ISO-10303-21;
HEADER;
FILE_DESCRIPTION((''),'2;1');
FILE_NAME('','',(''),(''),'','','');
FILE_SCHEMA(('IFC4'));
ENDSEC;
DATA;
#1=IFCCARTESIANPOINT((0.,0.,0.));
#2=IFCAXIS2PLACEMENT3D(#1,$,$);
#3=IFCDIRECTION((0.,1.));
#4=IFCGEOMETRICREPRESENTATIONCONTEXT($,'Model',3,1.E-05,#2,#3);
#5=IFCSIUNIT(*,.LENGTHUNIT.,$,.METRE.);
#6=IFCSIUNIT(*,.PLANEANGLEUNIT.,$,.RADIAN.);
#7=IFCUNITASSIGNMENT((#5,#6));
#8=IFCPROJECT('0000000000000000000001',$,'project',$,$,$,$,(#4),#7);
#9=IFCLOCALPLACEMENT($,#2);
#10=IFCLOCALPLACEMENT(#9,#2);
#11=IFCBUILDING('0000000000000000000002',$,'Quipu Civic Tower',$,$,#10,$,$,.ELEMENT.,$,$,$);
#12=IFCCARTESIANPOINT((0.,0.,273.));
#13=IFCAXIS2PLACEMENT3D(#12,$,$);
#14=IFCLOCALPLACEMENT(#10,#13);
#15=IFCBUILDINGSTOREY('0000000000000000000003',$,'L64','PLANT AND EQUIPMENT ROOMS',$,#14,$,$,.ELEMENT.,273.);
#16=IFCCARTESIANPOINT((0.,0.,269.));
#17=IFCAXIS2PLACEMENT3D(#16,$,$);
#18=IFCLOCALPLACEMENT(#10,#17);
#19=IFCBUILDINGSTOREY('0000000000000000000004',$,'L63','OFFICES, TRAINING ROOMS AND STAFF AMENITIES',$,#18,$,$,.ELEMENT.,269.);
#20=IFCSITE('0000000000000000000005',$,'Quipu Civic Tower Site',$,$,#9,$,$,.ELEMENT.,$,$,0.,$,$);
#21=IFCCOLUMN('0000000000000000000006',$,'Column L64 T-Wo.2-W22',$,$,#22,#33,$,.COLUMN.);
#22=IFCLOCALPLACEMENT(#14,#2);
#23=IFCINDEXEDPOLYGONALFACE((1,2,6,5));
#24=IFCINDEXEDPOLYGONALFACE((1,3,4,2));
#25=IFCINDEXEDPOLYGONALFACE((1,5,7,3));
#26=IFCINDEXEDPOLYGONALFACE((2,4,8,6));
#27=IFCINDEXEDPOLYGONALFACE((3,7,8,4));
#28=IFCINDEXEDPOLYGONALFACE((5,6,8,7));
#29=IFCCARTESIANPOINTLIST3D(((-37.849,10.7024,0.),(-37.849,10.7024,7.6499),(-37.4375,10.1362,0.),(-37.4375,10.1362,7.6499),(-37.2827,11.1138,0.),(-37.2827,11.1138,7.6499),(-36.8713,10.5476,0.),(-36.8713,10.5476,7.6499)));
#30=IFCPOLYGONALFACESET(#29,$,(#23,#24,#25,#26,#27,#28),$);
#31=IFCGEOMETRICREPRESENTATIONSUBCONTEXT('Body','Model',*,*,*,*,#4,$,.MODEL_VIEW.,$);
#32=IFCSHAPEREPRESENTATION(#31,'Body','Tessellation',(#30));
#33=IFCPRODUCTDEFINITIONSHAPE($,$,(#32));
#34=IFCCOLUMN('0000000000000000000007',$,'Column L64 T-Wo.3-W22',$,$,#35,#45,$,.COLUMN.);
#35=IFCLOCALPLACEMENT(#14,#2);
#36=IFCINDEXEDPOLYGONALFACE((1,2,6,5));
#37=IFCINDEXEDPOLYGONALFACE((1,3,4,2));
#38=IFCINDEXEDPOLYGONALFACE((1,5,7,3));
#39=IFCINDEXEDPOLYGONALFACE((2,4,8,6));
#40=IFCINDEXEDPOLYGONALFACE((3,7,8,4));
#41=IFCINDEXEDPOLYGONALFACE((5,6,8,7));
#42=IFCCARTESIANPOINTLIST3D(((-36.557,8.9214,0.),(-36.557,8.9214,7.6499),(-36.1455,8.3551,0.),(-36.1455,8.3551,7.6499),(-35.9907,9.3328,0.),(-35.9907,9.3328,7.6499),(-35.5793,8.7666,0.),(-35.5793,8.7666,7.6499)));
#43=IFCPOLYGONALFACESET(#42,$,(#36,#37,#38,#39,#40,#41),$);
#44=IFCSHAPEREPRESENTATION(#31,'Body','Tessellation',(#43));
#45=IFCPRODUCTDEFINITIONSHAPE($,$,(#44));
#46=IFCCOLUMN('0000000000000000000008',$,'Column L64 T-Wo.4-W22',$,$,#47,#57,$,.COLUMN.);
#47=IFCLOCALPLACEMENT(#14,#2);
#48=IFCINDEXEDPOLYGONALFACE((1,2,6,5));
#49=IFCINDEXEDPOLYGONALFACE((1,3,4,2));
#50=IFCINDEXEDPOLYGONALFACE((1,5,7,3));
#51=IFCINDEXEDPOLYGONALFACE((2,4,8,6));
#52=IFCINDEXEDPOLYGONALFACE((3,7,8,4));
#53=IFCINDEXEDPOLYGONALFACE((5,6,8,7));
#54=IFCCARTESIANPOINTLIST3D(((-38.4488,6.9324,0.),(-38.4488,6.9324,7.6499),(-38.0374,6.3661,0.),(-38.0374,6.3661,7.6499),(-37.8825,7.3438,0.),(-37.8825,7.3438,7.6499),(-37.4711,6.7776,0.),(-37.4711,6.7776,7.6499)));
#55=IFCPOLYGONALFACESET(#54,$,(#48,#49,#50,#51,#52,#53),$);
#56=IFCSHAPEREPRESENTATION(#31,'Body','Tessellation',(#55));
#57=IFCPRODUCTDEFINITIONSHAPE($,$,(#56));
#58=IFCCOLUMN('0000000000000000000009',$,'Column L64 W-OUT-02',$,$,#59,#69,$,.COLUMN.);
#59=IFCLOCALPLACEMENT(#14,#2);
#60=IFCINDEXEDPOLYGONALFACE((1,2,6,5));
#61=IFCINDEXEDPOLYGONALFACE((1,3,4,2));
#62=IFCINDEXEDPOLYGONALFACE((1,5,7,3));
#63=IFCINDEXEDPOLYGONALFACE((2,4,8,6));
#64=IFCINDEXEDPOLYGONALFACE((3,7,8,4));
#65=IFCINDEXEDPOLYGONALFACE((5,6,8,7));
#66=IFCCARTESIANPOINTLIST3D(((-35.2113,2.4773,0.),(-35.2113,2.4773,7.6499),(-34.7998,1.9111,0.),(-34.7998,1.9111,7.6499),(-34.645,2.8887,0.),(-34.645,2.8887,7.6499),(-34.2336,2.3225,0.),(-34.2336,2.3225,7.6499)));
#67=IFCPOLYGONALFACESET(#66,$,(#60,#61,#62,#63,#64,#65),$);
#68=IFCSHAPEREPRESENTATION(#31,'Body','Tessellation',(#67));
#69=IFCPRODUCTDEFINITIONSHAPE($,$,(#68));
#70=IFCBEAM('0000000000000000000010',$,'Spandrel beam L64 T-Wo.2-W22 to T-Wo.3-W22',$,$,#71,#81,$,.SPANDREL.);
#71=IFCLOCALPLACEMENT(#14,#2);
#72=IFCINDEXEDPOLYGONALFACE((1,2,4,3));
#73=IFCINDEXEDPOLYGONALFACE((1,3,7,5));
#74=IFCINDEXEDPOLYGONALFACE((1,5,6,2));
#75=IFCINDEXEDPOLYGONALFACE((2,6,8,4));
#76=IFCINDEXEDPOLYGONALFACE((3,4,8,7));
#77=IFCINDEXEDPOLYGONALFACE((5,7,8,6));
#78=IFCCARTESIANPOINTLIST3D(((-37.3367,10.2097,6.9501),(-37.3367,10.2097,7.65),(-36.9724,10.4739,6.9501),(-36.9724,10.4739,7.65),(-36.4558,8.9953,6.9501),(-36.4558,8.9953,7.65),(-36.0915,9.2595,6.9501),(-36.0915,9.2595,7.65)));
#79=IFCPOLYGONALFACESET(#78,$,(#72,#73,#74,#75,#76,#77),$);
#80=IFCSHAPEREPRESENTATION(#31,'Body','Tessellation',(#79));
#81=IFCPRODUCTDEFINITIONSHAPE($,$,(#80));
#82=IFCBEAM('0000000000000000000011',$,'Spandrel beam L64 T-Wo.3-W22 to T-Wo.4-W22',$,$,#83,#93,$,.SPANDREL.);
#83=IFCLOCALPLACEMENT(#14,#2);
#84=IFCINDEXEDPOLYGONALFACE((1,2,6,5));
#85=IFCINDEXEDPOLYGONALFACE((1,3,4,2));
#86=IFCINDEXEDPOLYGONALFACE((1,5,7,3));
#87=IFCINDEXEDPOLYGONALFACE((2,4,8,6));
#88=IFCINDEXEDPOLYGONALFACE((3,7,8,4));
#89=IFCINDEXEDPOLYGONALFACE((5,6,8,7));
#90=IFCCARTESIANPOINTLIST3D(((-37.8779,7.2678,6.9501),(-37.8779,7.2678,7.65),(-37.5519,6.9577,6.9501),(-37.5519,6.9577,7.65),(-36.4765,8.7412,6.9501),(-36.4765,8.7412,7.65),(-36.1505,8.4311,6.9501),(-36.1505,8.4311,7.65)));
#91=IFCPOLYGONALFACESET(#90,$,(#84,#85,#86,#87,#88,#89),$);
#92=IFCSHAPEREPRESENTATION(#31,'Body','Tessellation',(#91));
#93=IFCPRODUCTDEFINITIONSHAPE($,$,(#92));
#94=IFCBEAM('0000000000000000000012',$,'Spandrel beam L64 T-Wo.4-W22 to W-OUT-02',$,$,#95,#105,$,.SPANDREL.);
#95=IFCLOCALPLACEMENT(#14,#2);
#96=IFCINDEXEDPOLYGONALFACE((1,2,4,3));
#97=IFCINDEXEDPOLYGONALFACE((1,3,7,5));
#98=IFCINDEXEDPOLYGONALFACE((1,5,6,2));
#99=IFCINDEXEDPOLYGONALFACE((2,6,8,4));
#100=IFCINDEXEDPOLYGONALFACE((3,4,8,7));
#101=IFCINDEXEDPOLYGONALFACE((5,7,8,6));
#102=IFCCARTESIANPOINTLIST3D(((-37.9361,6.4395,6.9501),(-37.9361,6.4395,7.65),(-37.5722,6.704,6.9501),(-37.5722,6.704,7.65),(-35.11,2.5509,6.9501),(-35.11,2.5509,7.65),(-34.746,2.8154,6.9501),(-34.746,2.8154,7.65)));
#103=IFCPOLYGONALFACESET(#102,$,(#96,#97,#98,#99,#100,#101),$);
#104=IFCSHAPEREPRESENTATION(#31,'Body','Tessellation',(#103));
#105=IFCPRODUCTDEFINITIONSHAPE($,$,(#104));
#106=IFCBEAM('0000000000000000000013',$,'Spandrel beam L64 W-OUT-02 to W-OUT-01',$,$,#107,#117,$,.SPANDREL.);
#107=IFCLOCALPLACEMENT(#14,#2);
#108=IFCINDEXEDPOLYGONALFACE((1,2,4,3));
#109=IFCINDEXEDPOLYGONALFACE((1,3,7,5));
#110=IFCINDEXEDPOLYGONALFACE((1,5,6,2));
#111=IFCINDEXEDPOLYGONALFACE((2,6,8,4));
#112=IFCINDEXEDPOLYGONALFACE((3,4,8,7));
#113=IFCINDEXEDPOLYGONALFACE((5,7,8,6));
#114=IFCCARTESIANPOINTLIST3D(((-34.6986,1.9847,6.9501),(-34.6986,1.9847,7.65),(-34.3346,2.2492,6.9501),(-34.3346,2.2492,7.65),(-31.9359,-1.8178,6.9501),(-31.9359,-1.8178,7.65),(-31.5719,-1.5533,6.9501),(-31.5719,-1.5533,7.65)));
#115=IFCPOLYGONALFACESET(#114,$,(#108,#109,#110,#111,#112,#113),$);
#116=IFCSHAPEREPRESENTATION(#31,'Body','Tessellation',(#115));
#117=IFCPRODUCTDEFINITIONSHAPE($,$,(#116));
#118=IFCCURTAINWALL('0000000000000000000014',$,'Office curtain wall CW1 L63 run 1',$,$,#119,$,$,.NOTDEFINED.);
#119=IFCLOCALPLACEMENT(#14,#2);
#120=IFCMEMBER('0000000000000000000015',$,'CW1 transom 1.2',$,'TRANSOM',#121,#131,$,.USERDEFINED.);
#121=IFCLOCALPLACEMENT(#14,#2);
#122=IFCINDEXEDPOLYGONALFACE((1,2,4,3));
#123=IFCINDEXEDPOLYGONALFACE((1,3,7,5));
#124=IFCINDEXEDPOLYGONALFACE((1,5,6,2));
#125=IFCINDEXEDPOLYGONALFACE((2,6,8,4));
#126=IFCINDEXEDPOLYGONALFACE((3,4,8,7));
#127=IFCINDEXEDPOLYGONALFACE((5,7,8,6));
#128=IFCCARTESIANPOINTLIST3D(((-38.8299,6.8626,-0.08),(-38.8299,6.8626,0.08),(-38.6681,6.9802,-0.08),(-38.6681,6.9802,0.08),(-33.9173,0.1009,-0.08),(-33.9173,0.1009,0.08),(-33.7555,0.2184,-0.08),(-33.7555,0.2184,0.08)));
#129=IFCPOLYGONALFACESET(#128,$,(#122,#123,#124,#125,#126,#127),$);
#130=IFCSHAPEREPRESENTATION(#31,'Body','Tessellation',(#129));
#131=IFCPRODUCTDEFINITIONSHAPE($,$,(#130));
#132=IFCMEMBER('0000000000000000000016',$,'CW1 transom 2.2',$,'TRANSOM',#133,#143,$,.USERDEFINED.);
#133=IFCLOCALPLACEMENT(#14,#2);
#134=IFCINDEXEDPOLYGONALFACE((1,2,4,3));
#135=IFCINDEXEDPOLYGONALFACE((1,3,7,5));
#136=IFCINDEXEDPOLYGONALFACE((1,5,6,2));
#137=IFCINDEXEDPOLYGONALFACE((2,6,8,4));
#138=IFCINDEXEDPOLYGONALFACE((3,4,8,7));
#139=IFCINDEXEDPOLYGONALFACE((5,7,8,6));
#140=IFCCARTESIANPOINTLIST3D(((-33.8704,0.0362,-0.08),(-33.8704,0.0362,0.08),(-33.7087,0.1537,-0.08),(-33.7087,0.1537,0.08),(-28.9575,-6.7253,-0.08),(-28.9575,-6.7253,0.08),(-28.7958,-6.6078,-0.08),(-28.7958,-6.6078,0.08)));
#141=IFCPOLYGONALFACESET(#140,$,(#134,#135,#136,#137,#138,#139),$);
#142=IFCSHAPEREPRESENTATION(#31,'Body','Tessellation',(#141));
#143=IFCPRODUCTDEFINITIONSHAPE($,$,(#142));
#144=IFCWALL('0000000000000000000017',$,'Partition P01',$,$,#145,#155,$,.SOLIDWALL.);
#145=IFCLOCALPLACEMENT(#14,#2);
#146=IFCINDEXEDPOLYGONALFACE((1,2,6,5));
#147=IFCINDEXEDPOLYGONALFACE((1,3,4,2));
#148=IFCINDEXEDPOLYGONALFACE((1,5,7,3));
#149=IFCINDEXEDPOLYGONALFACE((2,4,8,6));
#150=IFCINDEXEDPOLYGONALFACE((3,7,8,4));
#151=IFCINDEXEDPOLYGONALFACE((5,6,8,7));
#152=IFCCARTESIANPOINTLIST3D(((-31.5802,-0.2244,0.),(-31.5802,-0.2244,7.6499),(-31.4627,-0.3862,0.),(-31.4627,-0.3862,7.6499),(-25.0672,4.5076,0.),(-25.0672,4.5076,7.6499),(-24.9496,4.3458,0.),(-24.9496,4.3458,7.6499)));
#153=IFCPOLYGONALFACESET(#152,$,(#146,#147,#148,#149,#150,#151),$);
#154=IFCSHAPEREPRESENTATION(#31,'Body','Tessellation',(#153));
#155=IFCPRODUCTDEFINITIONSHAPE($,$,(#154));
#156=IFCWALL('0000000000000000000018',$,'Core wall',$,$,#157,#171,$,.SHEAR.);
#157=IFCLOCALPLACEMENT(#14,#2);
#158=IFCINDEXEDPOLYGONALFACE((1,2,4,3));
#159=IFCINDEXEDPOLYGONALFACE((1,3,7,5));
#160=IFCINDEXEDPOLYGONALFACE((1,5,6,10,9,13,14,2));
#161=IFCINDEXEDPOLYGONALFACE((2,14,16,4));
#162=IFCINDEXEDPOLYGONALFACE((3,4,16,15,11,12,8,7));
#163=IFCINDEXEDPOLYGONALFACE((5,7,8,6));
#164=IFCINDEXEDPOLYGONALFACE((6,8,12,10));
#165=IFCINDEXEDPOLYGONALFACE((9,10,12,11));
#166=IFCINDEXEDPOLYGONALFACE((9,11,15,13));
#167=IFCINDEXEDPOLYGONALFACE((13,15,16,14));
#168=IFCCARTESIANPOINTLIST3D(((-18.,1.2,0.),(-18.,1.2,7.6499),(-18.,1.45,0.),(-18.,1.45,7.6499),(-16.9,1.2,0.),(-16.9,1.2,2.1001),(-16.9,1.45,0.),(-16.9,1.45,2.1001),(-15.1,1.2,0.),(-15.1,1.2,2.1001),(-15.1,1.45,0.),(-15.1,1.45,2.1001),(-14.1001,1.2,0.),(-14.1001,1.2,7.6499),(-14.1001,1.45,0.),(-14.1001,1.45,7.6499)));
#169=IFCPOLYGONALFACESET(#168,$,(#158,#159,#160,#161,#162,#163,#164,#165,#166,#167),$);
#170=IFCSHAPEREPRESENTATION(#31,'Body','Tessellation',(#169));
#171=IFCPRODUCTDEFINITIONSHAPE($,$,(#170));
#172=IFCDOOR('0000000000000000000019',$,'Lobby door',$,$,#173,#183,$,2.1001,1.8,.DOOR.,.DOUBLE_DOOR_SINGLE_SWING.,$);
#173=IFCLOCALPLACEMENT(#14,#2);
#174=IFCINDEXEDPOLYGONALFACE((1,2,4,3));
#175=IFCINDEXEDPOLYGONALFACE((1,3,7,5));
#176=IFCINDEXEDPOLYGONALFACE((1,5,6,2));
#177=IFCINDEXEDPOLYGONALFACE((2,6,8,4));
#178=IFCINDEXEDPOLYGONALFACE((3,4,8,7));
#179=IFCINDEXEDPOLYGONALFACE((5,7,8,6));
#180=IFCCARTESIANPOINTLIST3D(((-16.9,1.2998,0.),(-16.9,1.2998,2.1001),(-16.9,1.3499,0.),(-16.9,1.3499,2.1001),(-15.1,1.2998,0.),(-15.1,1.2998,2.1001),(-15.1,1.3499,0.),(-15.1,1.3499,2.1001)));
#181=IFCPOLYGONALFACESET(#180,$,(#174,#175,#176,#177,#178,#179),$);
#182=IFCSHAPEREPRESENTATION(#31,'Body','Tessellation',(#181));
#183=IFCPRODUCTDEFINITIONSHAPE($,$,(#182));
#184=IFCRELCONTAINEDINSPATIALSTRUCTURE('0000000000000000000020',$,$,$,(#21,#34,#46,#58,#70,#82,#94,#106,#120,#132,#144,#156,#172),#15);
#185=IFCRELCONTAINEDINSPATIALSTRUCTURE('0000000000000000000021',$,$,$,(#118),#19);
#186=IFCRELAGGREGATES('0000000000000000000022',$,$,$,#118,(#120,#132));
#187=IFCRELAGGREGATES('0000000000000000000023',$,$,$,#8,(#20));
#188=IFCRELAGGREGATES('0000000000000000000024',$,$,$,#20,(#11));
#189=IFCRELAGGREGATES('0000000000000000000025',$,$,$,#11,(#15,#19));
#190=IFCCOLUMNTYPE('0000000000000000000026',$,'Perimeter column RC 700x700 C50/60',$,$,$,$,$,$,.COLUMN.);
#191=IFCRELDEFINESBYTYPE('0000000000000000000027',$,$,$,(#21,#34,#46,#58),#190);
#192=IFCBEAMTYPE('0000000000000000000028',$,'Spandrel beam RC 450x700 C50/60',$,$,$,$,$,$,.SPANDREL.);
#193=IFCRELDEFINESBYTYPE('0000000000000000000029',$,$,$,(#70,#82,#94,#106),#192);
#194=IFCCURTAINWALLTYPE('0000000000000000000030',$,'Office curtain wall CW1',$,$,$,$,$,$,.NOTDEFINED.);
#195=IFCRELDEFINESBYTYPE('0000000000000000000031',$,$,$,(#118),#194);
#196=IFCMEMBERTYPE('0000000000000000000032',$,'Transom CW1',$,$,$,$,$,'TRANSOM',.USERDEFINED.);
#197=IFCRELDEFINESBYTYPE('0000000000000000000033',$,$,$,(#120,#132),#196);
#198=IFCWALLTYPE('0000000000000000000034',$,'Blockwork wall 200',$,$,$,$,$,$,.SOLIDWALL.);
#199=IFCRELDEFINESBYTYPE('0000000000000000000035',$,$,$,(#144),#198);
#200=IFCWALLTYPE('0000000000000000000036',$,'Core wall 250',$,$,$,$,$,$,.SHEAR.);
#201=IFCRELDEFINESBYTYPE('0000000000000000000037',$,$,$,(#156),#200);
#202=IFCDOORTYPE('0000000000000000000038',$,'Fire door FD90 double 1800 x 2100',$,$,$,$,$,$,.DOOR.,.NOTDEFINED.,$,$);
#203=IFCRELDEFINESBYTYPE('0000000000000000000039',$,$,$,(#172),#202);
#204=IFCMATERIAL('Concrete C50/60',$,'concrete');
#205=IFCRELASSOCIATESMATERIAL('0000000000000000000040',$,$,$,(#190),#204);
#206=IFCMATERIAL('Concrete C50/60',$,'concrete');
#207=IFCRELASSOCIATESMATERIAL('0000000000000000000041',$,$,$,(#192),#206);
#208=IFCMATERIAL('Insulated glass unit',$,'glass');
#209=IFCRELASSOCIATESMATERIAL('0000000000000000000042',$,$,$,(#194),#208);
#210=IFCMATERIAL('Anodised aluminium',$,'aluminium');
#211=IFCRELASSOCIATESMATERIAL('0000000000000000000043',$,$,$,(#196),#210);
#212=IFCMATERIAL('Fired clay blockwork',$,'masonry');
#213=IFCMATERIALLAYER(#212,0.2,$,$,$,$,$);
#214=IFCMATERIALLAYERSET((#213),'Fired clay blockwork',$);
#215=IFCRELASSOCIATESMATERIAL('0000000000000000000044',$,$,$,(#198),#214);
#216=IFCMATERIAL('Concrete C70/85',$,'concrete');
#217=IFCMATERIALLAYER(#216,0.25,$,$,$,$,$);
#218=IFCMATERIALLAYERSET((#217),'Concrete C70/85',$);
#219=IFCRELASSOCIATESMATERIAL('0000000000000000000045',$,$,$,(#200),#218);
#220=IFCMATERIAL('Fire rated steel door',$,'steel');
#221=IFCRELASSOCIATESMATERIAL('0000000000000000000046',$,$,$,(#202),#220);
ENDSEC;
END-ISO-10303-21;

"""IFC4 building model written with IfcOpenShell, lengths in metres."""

from ifc_helpers import new_model, si_unit, direction, frame, frame_2d, origin, origin_2d, place, context, subcontext, project, spatial, rectangle, extrude, material, layer, layer_set, material_profile, profile_set, type_object, element, fill, aggregate, save


model = new_model("IFC4")

# Units and contexts
model_context = context("Model", 3, precision=1e-05, world=origin(), true_north=direction((0.0, 1.0)))
body_context = subcontext(model_context, "Body", "Model", "MODEL_VIEW")
ifc_project = project(units=[si_unit("LENGTHUNIT", "METRE"), si_unit("PLANEANGLEUNIT", "RADIAN")], contexts=[model_context])

# Site, building, storey
site_placement = place(None, origin())
site = spatial("IfcSite", under=ifc_project, at=site_placement, Name="Quipu Civic Tower Site", CompositionType="ELEMENT", RefElevation=0.0)
building_placement = place(site_placement, origin())
building = spatial("IfcBuilding", under=site, at=building_placement, Name="Quipu Civic Tower", CompositionType="ELEMENT")
storey_1_placement = place(building_placement, frame((0.0, 0.0, 273.0)))
storey_1 = spatial("IfcBuildingStorey", under=building, at=storey_1_placement, Name="L64", Description="PLANT AND EQUIPMENT ROOMS", CompositionType="ELEMENT", Elevation=273.0)

# Columns
ifc_material_1 = material(Name="Concrete C50/60", Category="concrete")
ifc_material_profile_1 = material_profile(ifc_material_1, rectangle(XDim=0.7, YDim=0.7, at=origin_2d()), Name="RC700x700")
ifc_profile_set_1 = profile_set([ifc_material_profile_1], Name="Concrete C50/60")
column_type = type_object("IfcColumnType", Name="Perimeter column RC 700x700 C50/60", PredefinedType="COLUMN", material=ifc_profile_set_1)
for number, where, z_axis, x_axis, name in (
    (1, (-37.3601, 10.625, 0.0), (0.0, 0.0, 1.0), (0.587785, -0.809017, 0.0), "Column L64 T-Wo.2-W22"),
    (2, (-36.0681, 8.844, 0.0), (0.0, 0.0, 1.0), (0.587785, -0.809017, 0.0), "Column L64 T-Wo.3-W22"),
    (3, (-37.96, 6.855, 0.0), (0.0, 0.0, 1.0), (0.587785, -0.809017, 0.0), "Column L64 T-Wo.4-W22"),
    (4, (-34.7224, 2.3999, 0.0), (0.0, 0.0, 1.0), (0.587785, -0.809017, 0.0), "Column L64 W-OUT-02"),
):
    element("IfcColumn", number, at=place(storey_1_placement, frame(where, z_axis=z_axis, x_axis=x_axis)), inside=storey_1, type_object=column_type, Name=name, PredefinedType="COLUMN", context=body_context, shape_type="SweptSolid", body=[
        extrude(rectangle(XDim=0.7, YDim=0.7, at=origin_2d()), origin(), (0.0, 0.0, 1.0), 7.6499),
    ])

# Beams
ifc_material_2 = material(Name="Concrete C50/60", Category="concrete")
ifc_material_profile_2 = material_profile(ifc_material_2, rectangle(XDim=0.45, YDim=0.7, at=origin_2d()), Name="RC450x700")
ifc_profile_set_2 = profile_set([ifc_material_profile_2], Name="Concrete C50/60")
beam_type = type_object("IfcBeamType", Name="Spandrel beam RC 450x700 C50/60", PredefinedType="SPANDREL", material=ifc_profile_set_2)
beam_1_placement = place(storey_1_placement, frame((-37.1545, 10.3418, 7.3), z_axis=(0.587165, -0.809467, 0.0), x_axis=(0.809467, 0.587165, 0.0)))
element("IfcBeam", 5, at=beam_1_placement, inside=storey_1, type_object=beam_type, Name="Spandrel beam L64 T-Wo.2-W22 to T-Wo.3-W22", PredefinedType="SPANDREL", context=body_context, shape_type="SweptSolid", body=[
    extrude(rectangle(XDim=0.45, YDim=0.7, at=origin_2d()), origin(), (0.0, 0.0, 1.0), 1.5002),
])
beam_2_placement = place(storey_1_placement, frame((-36.3135, 8.5862, 7.3), z_axis=(-0.689175, -0.724595, 0.0), x_axis=(0.724595, -0.689175, 0.0)))
element("IfcBeam", 6, at=beam_2_placement, inside=storey_1, type_object=beam_type, Name="Spandrel beam L64 T-Wo.3-W22 to T-Wo.4-W22", PredefinedType="SPANDREL", context=body_context, shape_type="SweptSolid", body=[
    extrude(rectangle(XDim=0.45, YDim=0.7, at=origin_2d()), origin(), (0.0, 0.0, 1.0), 2.0334),
])
beam_3_placement = place(storey_1_placement, frame((-37.7542, 6.5718, 7.3), z_axis=(0.587906, -0.808929, 0.0), x_axis=(0.808929, 0.587906, 0.0)))
element("IfcBeam", 7, at=beam_3_placement, inside=storey_1, type_object=beam_type, Name="Spandrel beam L64 T-Wo.4-W22 to W-OUT-02", PredefinedType="SPANDREL", context=body_context, shape_type="SweptSolid", body=[
    extrude(rectangle(XDim=0.45, YDim=0.7, at=origin_2d()), origin(), (0.0, 0.0, 1.0), 4.8071),
])
beam_4_placement = place(storey_1_placement, frame((-34.5166, 2.1169, 7.3), z_axis=(0.587789, -0.809015, 0.0), x_axis=(0.809015, 0.587789, 0.0)))
element("IfcBeam", 8, at=beam_4_placement, inside=storey_1, type_object=beam_type, Name="Spandrel beam L64 W-OUT-02 to W-OUT-01", PredefinedType="SPANDREL", context=body_context, shape_type="SweptSolid", body=[
    extrude(rectangle(XDim=0.45, YDim=0.7, at=origin_2d()), origin(), (0.0, 0.0, 1.0), 4.7002),
])

# Shared definitions
storey_2_placement = place(building_placement, frame((0.0, 0.0, 269.0)))
storey_2 = spatial("IfcBuildingStorey", under=building, at=storey_2_placement, Name="L63", Description="OFFICES, TRAINING ROOMS AND STAFF AMENITIES", CompositionType="ELEMENT", Elevation=269.0)

# Curtain wall, members
ifc_material_3 = material(Name="Insulated glass unit", Category="glass")
curtain_wall_type = type_object("IfcCurtainWallType", Name="Office curtain wall CW1", PredefinedType="NOTDEFINED", material=ifc_material_3)
curtain_wall_placement = place(storey_2_placement, origin())
curtain_wall = element("IfcCurtainWall", 9, at=curtain_wall_placement, inside=storey_2, type_object=curtain_wall_type, Name="Office curtain wall CW1 L63 run 1", PredefinedType="NOTDEFINED")
ifc_material_4 = material(Name="Anodised aluminium", Category="aluminium")
ifc_material_profile_3 = material_profile(ifc_material_4, rectangle(XDim=0.2, YDim=0.1599, at=origin_2d()), Name="RECT 200x160")
ifc_profile_set_3 = profile_set([ifc_material_profile_3], Name="Anodised aluminium")
member_type = type_object("IfcMemberType", Name="Transom CW1", ElementType="TRANSOM", PredefinedType="USERDEFINED", material=ifc_profile_set_3)
member_1_placement = place(storey_1_placement, frame((-38.749, 6.9214, 0.0), z_axis=(0.587779, -0.809021, 0.0), x_axis=(0.809021, 0.587779, 0.0)))
member_1 = element("IfcMember", 10, at=member_1_placement, inside=storey_1, type_object=member_type, Name="CW1 transom 1.2", ObjectType="TRANSOM", PredefinedType="USERDEFINED", context=body_context, shape_type="SweptSolid", body=[
    extrude(rectangle(XDim=0.2, YDim=0.1599, at=origin_2d()), origin(), (0.0, 0.0, 1.0), 8.3579),
])
member_2_placement = place(storey_1_placement, frame((-33.7896, 0.095, 0.0), z_axis=(0.587812, -0.808997, 0.0), x_axis=(0.808997, 0.587812, 0.0)))
member_2 = element("IfcMember", 11, at=member_2_placement, inside=storey_1, type_object=member_type, Name="CW1 transom 2.2", ObjectType="TRANSOM", PredefinedType="USERDEFINED", context=body_context, shape_type="SweptSolid", body=[
    extrude(rectangle(XDim=0.2, YDim=0.1599, at=origin_2d()), origin(), (0.0, 0.0, 1.0), 8.3579),
])
aggregate(curtain_wall, [member_1, member_2])

# Wall
ifc_material_5 = material(Name="Fired clay blockwork", Category="masonry")
ifc_layer_1 = layer(ifc_material_5, 0.2)
ifc_layer_set_1 = layer_set([ifc_layer_1], Name="Fired clay blockwork")
wall_type_1 = type_object("IfcWallType", Name="Blockwork wall 200", PredefinedType="SOLIDWALL", material=ifc_layer_set_1)
wall_1_placement = place(storey_1_placement, frame((-25.0083, 4.4268, 0.0), z_axis=(0.0, 0.0, 1.0), x_axis=(-0.809017, -0.587786, 0.0)))
element("IfcWall", 12, at=wall_1_placement, inside=storey_1, type_object=wall_type_1, Name="Partition P01", PredefinedType="SOLIDWALL", context=body_context, shape_type="SweptSolid", body=[
    extrude(rectangle(XDim=8.0505, YDim=0.2, at=frame_2d((4.0254, 0.0))), origin(), (0.0, 0.0, 1.0), 7.6499),
])

# Wall, opening, door
ifc_material_6 = material(Name="Concrete C70/85", Category="concrete")
ifc_layer_2 = layer(ifc_material_6, 0.25)
ifc_layer_set_2 = layer_set([ifc_layer_2], Name="Concrete C70/85")
wall_type_2 = type_object("IfcWallType", Name="Core wall 250", PredefinedType="SHEAR", material=ifc_layer_set_2)
wall_2_placement = place(storey_1_placement, frame((-18.0, 1.325, 0.0), z_axis=(0.0, 0.0, 1.0), x_axis=(1.0, 0.0, 0.0)))
wall_2 = element("IfcWall", 13, at=wall_2_placement, inside=storey_1, type_object=wall_type_2, Name="Core wall", PredefinedType="SHEAR", context=body_context, shape_type="SweptSolid", body=[
    extrude(rectangle(XDim=3.8999, YDim=0.25, at=frame_2d((1.95, 0.0))), origin(), (0.0, 0.0, 1.0), 7.6499),
])
opening_1_placement = place(wall_2_placement, frame((1.1001, 0.0, 0.0)))
opening_1 = element("IfcOpeningElement", 14, at=opening_1_placement, cuts=wall_2, PredefinedType="OPENING", context=body_context, shape_type="SweptSolid", body=[
    extrude(rectangle(XDim=1.8, YDim=2.1001, at=frame_2d((0.8999, 1.05))), frame((0.0, 0.135, 0.0), z_axis=(0.0, -1.0, 0.0), x_axis=(1.0, 0.0, 0.0)), (0.0, 0.0, 1.0), 0.27),
])
ifc_material_7 = material(Name="Fire rated steel door", Category="steel")
door_type_1 = type_object("IfcDoorType", Name="Fire door FD90 double 1800 x 2100", OperationType="NOTDEFINED", PredefinedType="DOOR", material=ifc_material_7)
door_1_placement = place(opening_1_placement, origin())
door_1 = element("IfcDoor", 15, at=door_1_placement, inside=storey_1, type_object=door_type_1, Name="Lobby door", OperationType="DOUBLE_DOOR_SINGLE_SWING", OverallHeight=2.1001, OverallWidth=1.8, PredefinedType="DOOR", context=body_context, shape_type="SweptSolid", body=[
    extrude(rectangle(XDim=1.8, YDim=2.1001, at=frame_2d((0.8999, 1.05))), frame((0.0, 0.0249, 0.0), z_axis=(0.0, -1.0, 0.0), x_axis=(1.0, 0.0, 0.0)), (0.0, 0.0, 1.0), 0.05),
])
fill(opening_1, door_1)

save(model, "model.ifc")
